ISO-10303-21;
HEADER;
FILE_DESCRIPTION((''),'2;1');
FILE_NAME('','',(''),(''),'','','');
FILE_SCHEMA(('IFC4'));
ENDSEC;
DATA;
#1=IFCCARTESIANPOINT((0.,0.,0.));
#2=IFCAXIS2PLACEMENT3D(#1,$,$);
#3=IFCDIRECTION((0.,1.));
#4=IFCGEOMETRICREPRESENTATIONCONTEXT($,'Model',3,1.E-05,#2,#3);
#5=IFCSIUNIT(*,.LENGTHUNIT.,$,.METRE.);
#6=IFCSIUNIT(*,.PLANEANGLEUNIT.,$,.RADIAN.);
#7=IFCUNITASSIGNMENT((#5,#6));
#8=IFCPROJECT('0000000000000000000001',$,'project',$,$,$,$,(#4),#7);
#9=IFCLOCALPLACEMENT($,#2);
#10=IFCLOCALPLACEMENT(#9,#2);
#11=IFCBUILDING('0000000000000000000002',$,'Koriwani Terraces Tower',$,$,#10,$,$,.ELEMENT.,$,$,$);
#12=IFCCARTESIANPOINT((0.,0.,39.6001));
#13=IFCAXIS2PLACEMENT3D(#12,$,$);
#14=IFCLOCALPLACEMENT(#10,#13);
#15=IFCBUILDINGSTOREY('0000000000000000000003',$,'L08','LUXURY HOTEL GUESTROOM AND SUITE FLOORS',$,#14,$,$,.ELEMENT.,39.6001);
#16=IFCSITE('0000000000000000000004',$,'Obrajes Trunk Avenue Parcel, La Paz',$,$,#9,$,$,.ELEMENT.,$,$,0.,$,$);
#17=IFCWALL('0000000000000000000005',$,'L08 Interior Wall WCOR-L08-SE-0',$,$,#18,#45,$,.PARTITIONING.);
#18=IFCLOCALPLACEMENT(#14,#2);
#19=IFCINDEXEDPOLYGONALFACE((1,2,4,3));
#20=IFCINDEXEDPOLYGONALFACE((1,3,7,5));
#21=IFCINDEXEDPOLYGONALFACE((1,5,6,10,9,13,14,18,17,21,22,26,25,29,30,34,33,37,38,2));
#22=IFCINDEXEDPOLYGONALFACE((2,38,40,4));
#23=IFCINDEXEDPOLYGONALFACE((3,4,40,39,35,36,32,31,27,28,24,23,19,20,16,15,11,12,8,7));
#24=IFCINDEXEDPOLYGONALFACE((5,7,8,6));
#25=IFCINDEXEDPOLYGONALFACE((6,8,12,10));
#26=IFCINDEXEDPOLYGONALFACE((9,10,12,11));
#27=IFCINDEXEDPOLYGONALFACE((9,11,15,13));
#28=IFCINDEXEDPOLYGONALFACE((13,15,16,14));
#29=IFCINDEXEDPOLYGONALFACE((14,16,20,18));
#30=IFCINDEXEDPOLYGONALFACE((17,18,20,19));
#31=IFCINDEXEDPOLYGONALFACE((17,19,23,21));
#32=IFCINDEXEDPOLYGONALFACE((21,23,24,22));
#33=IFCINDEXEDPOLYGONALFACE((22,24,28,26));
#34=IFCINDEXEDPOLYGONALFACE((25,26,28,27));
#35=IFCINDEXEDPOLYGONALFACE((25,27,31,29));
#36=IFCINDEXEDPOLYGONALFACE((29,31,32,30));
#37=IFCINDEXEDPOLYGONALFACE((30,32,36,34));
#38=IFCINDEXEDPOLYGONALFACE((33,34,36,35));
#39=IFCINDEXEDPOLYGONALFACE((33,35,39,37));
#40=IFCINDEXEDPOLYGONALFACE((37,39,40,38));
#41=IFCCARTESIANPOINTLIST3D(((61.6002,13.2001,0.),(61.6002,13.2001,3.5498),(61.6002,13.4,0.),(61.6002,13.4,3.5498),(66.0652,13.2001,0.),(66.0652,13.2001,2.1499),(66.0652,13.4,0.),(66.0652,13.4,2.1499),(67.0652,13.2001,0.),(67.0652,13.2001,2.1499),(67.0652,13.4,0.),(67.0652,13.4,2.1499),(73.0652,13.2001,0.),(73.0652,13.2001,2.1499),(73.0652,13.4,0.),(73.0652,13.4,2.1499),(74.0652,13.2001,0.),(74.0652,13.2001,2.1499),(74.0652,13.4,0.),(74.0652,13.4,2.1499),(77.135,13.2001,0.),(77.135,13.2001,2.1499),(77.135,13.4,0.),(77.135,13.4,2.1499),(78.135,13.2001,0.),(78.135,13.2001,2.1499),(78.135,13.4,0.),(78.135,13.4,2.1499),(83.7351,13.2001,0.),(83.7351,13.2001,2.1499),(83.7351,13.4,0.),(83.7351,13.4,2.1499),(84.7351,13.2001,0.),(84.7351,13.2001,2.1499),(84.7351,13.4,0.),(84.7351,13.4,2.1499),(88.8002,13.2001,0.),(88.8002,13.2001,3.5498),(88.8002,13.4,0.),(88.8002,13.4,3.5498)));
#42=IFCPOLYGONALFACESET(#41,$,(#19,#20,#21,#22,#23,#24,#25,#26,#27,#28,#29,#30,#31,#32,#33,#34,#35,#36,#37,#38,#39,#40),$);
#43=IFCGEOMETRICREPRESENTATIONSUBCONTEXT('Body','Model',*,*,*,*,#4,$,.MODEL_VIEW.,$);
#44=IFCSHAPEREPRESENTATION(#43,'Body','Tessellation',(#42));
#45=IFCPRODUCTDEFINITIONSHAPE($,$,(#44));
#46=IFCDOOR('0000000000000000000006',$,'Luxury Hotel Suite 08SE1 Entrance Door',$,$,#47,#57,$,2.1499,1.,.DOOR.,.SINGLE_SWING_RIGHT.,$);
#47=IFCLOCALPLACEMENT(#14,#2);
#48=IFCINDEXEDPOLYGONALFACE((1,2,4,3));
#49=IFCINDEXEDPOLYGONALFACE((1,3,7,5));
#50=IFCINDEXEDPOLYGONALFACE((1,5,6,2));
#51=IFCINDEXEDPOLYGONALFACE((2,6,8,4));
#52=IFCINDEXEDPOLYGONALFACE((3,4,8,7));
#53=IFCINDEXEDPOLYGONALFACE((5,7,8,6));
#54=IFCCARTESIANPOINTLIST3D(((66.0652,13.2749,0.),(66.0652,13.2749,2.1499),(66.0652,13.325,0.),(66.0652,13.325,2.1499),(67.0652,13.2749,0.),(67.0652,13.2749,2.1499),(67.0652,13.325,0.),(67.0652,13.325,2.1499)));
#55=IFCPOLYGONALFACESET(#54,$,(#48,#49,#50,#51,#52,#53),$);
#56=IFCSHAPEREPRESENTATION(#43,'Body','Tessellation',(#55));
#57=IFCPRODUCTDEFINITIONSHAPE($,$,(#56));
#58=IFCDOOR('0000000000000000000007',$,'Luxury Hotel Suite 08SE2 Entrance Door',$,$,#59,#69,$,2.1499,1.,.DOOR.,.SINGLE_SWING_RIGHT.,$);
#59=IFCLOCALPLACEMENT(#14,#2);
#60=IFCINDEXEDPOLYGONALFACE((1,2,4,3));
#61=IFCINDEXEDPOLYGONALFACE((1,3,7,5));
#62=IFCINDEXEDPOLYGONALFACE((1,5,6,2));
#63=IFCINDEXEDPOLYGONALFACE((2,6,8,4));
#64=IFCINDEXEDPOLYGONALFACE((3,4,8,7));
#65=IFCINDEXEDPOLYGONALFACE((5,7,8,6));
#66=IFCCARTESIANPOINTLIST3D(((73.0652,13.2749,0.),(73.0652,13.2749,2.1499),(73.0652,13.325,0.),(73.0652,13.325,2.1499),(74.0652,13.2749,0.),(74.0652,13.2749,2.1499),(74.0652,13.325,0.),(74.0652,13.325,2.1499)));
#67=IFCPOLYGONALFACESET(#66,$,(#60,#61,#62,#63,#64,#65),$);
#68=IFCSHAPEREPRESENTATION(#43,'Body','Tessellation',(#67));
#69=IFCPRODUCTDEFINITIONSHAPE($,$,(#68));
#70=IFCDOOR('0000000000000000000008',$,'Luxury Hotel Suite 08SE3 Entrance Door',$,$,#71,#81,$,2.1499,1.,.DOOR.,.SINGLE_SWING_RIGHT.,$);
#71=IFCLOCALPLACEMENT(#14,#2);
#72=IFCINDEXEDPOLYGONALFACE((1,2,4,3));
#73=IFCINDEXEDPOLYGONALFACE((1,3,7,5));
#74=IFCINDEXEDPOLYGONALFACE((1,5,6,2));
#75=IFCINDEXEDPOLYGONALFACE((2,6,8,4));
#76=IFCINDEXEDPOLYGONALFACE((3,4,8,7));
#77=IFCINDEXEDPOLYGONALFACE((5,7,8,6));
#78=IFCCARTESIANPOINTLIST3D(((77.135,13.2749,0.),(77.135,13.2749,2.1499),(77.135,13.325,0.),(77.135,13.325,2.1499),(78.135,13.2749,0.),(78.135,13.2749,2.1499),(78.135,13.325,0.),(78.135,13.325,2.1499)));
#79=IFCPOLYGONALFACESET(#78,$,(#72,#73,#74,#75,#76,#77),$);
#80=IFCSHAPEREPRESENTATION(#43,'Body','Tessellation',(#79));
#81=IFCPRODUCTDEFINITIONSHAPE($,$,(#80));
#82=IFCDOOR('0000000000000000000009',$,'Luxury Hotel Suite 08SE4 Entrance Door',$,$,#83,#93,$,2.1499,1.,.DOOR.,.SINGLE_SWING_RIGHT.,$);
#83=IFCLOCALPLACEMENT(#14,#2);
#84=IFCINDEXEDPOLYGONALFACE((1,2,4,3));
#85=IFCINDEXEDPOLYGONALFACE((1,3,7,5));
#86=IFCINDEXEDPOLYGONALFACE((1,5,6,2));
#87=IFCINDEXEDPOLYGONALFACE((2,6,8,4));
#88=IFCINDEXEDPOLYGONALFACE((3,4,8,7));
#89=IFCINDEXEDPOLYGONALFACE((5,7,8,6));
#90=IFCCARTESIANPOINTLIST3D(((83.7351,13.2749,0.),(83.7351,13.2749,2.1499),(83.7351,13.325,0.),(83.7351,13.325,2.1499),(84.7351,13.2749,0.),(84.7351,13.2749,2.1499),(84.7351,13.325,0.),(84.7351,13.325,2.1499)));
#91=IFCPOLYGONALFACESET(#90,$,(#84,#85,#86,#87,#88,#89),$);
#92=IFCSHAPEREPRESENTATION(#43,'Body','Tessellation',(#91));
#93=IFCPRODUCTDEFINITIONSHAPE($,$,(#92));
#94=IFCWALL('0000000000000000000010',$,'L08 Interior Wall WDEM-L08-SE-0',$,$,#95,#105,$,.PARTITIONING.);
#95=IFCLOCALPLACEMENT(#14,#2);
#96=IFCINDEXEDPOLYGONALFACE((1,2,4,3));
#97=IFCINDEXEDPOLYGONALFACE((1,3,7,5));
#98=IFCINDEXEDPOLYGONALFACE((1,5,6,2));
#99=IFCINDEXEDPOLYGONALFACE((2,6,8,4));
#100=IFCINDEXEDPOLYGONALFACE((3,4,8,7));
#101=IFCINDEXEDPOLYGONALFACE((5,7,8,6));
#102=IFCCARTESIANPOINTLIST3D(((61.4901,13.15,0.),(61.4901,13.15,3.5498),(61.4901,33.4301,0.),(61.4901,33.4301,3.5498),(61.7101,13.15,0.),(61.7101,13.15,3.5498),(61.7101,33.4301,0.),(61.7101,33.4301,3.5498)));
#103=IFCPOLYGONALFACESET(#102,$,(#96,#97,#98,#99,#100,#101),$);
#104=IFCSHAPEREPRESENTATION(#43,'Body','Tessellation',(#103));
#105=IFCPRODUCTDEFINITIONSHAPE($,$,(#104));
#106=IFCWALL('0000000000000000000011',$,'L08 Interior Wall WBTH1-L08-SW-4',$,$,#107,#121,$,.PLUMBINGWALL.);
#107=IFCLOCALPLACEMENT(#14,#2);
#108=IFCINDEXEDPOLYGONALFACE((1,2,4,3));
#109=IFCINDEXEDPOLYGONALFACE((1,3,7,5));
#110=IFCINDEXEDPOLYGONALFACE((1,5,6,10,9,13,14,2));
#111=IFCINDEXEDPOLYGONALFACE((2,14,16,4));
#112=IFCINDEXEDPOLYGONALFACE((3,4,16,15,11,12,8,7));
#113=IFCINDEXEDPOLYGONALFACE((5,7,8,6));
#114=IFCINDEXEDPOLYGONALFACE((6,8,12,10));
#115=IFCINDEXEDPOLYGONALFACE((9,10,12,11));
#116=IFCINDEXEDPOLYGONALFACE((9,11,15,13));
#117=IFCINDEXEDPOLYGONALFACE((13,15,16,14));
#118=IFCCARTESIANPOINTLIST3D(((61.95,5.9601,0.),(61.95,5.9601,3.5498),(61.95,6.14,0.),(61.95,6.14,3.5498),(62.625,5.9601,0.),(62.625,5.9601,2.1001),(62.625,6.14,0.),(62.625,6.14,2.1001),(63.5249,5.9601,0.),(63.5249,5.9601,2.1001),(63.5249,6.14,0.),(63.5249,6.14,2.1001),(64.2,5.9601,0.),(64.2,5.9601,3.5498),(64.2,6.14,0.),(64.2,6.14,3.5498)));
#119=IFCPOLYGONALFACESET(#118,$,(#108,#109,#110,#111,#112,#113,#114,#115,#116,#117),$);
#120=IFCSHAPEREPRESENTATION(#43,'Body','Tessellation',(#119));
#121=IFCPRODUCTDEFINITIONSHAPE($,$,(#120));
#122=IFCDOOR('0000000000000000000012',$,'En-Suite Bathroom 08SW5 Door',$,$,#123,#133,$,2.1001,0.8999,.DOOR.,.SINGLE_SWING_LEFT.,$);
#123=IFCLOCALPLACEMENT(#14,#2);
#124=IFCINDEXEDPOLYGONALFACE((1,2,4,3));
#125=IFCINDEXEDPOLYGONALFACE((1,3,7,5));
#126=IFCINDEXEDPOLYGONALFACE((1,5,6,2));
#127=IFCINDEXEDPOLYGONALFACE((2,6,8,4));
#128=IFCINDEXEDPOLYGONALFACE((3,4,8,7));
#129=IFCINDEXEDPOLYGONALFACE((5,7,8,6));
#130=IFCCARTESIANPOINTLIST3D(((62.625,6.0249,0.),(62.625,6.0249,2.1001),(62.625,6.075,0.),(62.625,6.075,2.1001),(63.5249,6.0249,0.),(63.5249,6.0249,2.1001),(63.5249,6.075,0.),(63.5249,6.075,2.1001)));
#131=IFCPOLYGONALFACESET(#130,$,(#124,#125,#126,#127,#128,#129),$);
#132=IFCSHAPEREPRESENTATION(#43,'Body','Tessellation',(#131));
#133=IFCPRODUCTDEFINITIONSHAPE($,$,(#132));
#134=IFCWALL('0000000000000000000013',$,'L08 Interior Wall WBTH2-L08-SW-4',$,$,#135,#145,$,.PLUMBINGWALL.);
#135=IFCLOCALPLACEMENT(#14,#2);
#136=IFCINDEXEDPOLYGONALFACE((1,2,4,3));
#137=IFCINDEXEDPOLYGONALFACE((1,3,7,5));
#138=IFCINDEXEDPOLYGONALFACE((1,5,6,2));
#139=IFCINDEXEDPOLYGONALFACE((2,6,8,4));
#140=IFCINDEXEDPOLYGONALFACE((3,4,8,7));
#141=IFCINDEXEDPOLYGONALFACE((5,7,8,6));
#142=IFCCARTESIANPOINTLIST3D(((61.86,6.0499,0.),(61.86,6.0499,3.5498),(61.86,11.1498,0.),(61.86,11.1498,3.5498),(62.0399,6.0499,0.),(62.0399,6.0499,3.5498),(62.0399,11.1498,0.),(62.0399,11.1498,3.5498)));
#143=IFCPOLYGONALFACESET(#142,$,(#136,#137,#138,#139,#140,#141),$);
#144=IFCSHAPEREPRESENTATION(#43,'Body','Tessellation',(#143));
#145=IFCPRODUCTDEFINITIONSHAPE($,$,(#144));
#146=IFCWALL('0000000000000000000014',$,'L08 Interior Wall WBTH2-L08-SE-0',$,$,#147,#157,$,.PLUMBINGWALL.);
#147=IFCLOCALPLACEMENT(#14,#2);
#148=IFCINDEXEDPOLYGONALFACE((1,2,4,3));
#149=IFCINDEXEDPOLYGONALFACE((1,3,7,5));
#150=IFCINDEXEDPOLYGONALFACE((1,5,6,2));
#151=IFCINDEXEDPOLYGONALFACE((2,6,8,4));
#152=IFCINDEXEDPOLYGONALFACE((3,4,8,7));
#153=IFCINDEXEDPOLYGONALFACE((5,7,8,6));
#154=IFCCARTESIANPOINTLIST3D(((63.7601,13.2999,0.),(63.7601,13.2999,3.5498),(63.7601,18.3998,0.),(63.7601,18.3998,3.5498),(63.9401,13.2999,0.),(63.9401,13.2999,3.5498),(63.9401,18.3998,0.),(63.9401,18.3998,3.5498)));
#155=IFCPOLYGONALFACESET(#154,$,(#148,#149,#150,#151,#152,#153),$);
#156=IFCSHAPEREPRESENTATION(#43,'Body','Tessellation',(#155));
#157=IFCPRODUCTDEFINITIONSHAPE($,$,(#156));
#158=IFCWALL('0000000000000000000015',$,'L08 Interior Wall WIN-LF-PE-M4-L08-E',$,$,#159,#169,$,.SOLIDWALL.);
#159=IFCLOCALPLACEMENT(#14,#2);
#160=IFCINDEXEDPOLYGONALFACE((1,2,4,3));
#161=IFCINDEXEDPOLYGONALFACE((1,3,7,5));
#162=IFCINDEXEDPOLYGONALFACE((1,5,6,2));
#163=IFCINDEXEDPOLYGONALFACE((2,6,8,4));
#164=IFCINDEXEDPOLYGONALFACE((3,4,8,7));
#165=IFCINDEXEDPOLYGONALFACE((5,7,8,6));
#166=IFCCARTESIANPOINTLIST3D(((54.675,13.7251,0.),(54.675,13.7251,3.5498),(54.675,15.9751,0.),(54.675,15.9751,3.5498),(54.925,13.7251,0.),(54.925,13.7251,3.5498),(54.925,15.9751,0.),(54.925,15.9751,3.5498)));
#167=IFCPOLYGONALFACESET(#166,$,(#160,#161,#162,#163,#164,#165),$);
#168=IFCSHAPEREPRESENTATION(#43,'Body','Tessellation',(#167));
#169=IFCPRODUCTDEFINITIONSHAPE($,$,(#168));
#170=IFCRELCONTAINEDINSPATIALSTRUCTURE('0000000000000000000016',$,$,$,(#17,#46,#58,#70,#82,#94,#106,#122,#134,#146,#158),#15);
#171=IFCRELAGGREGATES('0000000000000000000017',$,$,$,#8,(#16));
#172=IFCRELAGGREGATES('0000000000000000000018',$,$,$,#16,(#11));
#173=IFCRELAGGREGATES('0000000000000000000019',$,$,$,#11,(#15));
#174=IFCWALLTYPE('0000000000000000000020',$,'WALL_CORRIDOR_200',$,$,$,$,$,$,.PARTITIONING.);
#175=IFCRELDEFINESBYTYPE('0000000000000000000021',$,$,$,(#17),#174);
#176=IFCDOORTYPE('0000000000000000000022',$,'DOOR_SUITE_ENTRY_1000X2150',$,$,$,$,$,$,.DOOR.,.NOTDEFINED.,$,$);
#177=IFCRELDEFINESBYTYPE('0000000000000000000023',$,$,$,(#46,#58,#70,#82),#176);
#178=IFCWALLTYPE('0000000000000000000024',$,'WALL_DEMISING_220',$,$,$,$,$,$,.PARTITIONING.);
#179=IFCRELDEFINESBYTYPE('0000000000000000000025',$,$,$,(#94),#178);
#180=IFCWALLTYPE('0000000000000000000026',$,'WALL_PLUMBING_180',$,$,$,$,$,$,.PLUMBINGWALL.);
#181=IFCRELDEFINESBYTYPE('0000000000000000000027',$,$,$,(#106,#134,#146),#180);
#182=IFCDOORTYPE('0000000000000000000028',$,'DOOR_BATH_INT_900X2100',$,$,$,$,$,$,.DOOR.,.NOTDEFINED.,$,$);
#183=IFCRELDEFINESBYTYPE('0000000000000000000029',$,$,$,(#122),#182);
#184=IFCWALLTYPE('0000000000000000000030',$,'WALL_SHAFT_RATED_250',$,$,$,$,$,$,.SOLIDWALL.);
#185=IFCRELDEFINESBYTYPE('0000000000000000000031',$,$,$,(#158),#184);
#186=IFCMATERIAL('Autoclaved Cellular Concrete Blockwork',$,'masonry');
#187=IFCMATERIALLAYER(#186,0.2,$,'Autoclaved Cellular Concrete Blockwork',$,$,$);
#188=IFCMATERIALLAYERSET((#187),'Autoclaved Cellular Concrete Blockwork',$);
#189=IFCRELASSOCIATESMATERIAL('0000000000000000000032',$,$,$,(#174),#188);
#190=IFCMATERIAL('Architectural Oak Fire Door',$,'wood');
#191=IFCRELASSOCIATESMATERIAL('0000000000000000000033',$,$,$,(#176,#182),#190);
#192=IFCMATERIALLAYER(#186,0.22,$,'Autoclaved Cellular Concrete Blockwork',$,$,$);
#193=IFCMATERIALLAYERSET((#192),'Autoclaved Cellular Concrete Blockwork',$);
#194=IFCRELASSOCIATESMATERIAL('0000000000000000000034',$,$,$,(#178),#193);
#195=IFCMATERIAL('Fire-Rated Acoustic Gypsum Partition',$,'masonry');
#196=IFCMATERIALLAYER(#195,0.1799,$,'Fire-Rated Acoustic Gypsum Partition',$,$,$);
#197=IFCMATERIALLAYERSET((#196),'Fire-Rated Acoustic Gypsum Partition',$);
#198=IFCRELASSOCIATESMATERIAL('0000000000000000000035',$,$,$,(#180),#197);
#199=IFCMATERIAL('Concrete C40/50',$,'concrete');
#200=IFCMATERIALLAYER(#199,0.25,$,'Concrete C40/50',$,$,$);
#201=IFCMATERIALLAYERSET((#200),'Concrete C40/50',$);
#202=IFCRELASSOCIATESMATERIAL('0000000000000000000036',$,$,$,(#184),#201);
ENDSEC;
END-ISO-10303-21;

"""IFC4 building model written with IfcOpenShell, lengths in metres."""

from ifc_helpers import new_model, si_unit, direction, frame, frame_2d, origin, place, context, subcontext, project, spatial, rectangle, extrude, material, layer, layer_set, type_object, element, fill, save


model = new_model("IFC4")

# Units and contexts
model_context = context("Model", 3, precision=1e-05, world=origin(), true_north=direction((0.0, 1.0)))
body_context = subcontext(model_context, "Body", "Model", "MODEL_VIEW")
ifc_project = project(units=[si_unit("LENGTHUNIT", "METRE"), si_unit("PLANEANGLEUNIT", "RADIAN")], contexts=[model_context])

# Site, building, storey
site_placement = place(None, origin())
site = spatial("IfcSite", under=ifc_project, at=site_placement, Name="Obrajes Trunk Avenue Parcel, La Paz", CompositionType="ELEMENT", RefElevation=0.0)
building_placement = place(site_placement, origin())
building = spatial("IfcBuilding", under=site, at=building_placement, Name="Koriwani Terraces Tower", CompositionType="ELEMENT")
storey_placement = place(building_placement, frame((0.0, 0.0, 39.6001)))
storey = spatial("IfcBuildingStorey", under=building, at=storey_placement, Name="L08", Description="LUXURY HOTEL GUESTROOM AND SUITE FLOORS", CompositionType="ELEMENT", Elevation=39.6001)

# Shared definitions
ifc_material_1 = material(Name="Concrete C40/50", Category="concrete")

# Wall, openings, doors
ifc_material_2 = material(Name="Autoclaved Cellular Concrete Blockwork", Category="masonry")
ifc_layer_1 = layer(ifc_material_2, 0.2, Name="Autoclaved Cellular Concrete Blockwork")
ifc_layer_set_1 = layer_set([ifc_layer_1], Name="Autoclaved Cellular Concrete Blockwork")
wall_type_1 = type_object("IfcWallType", Name="WALL_CORRIDOR_200", PredefinedType="PARTITIONING", material=ifc_layer_set_1)
wall_1_placement = place(storey_placement, frame((61.6001, 13.3, 0.0), z_axis=(0.0, 0.0, 1.0), x_axis=(1.0, 0.0, 0.0)))
wall_1 = element("IfcWall", 1, at=wall_1_placement, inside=storey, type_object=wall_type_1, Name="L08 Interior Wall WCOR-L08-SE-0", PredefinedType="PARTITIONING", context=body_context, shape_type="SweptSolid", body=[
    extrude(rectangle(XDim=27.2, YDim=0.2, at=frame_2d((13.6001, 0.0))), origin(), (0.0, 0.0, 1.0), 3.5498),
])
opening_1_placement = place(wall_1_placement, frame((4.4651, 0.0, 0.0)))
opening_1 = element("IfcOpeningElement", 2, at=opening_1_placement, cuts=wall_1, PredefinedType="OPENING", context=body_context, shape_type="SweptSolid", body=[
    extrude(rectangle(XDim=1.0, YDim=2.1499, at=frame_2d((0.5, 1.075))), frame((0.0, 0.1099, 0.0), z_axis=(0.0, -1.0, 0.0), x_axis=(1.0, 0.0, 0.0)), (0.0, 0.0, 1.0), 0.22),
])
opening_2_placement = place(wall_1_placement, frame((11.4651, 0.0, 0.0)))
opening_2 = element("IfcOpeningElement", 3, at=opening_2_placement, cuts=wall_1, PredefinedType="OPENING", context=body_context, shape_type="SweptSolid", body=[
    extrude(rectangle(XDim=1.0, YDim=2.1499, at=frame_2d((0.5, 1.075))), frame((0.0, 0.1099, 0.0), z_axis=(0.0, -1.0, 0.0), x_axis=(1.0, 0.0, 0.0)), (0.0, 0.0, 1.0), 0.22),
])
opening_3_placement = place(wall_1_placement, frame((15.5349, 0.0, 0.0)))
opening_3 = element("IfcOpeningElement", 4, at=opening_3_placement, cuts=wall_1, PredefinedType="OPENING", context=body_context, shape_type="SweptSolid", body=[
    extrude(rectangle(XDim=1.0, YDim=2.1499, at=frame_2d((0.5, 1.075))), frame((0.0, 0.1099, 0.0), z_axis=(0.0, -1.0, 0.0), x_axis=(1.0, 0.0, 0.0)), (0.0, 0.0, 1.0), 0.22),
])
opening_4_placement = place(wall_1_placement, frame((22.135, 0.0, 0.0)))
opening_4 = element("IfcOpeningElement", 5, at=opening_4_placement, cuts=wall_1, PredefinedType="OPENING", context=body_context, shape_type="SweptSolid", body=[
    extrude(rectangle(XDim=1.0, YDim=2.1499, at=frame_2d((0.5, 1.075))), frame((0.0, 0.1099, 0.0), z_axis=(0.0, -1.0, 0.0), x_axis=(1.0, 0.0, 0.0)), (0.0, 0.0, 1.0), 0.22),
])
ifc_material_3 = material(Name="Architectural Oak Fire Door", Category="wood")
door_type_1 = type_object("IfcDoorType", Name="DOOR_SUITE_ENTRY_1000X2150", OperationType="NOTDEFINED", PredefinedType="DOOR", material=ifc_material_3)
door_1_placement = place(opening_1_placement, origin())
door_1 = element("IfcDoor", 6, at=door_1_placement, inside=storey, type_object=door_type_1, Name="Luxury Hotel Suite 08SE1 Entrance Door", OperationType="SINGLE_SWING_RIGHT", OverallHeight=2.1499, OverallWidth=1.0, PredefinedType="DOOR", context=body_context, shape_type="SweptSolid", body=[
    extrude(rectangle(XDim=1.0, YDim=2.1499, at=frame_2d((0.5, 1.075))), frame((0.0, 0.0249, 0.0), z_axis=(0.0, -1.0, 0.0), x_axis=(1.0, 0.0, 0.0)), (0.0, 0.0, 1.0), 0.05),
])
fill(opening_1, door_1)
door_2_placement = place(opening_2_placement, origin())
door_2 = element("IfcDoor", 7, at=door_2_placement, inside=storey, type_object=door_type_1, Name="Luxury Hotel Suite 08SE2 Entrance Door", OperationType="SINGLE_SWING_RIGHT", OverallHeight=2.1499, OverallWidth=1.0, PredefinedType="DOOR", context=body_context, shape_type="SweptSolid", body=[
    extrude(rectangle(XDim=1.0, YDim=2.1499, at=frame_2d((0.5, 1.075))), frame((0.0, 0.0249, 0.0), z_axis=(0.0, -1.0, 0.0), x_axis=(1.0, 0.0, 0.0)), (0.0, 0.0, 1.0), 0.05),
])
fill(opening_2, door_2)
door_3_placement = place(opening_3_placement, origin())
door_3 = element("IfcDoor", 8, at=door_3_placement, inside=storey, type_object=door_type_1, Name="Luxury Hotel Suite 08SE3 Entrance Door", OperationType="SINGLE_SWING_RIGHT", OverallHeight=2.1499, OverallWidth=1.0, PredefinedType="DOOR", context=body_context, shape_type="SweptSolid", body=[
    extrude(rectangle(XDim=1.0, YDim=2.1499, at=frame_2d((0.5, 1.075))), frame((0.0, 0.0249, 0.0), z_axis=(0.0, -1.0, 0.0), x_axis=(1.0, 0.0, 0.0)), (0.0, 0.0, 1.0), 0.05),
])
fill(opening_3, door_3)
door_4_placement = place(opening_4_placement, origin())
door_4 = element("IfcDoor", 9, at=door_4_placement, inside=storey, type_object=door_type_1, Name="Luxury Hotel Suite 08SE4 Entrance Door", OperationType="SINGLE_SWING_RIGHT", OverallHeight=2.1499, OverallWidth=1.0, PredefinedType="DOOR", context=body_context, shape_type="SweptSolid", body=[
    extrude(rectangle(XDim=1.0, YDim=2.1499, at=frame_2d((0.5, 1.075))), frame((0.0, 0.0249, 0.0), z_axis=(0.0, -1.0, 0.0), x_axis=(1.0, 0.0, 0.0)), (0.0, 0.0, 1.0), 0.05),
])
fill(opening_4, door_4)

# Wall
ifc_layer_2 = layer(ifc_material_2, 0.22, Name="Autoclaved Cellular Concrete Blockwork")
ifc_layer_set_2 = layer_set([ifc_layer_2], Name="Autoclaved Cellular Concrete Blockwork")
wall_type_2 = type_object("IfcWallType", Name="WALL_DEMISING_220", PredefinedType="PARTITIONING", material=ifc_layer_set_2)
wall_2_placement = place(storey_placement, frame((61.6001, 13.1499, 0.0), z_axis=(0.0, 0.0, 1.0), x_axis=(0.0, 1.0, 0.0)))
element("IfcWall", 10, at=wall_2_placement, inside=storey, type_object=wall_type_2, Name="L08 Interior Wall WDEM-L08-SE-0", PredefinedType="PARTITIONING", context=body_context, shape_type="SweptSolid", body=[
    extrude(rectangle(XDim=20.28, YDim=0.22, at=frame_2d((10.1401, 0.0))), origin(), (0.0, 0.0, 1.0), 3.5498),
])

# Wall, opening, door
ifc_material_4 = material(Name="Fire-Rated Acoustic Gypsum Partition", Category="masonry")
ifc_layer_3 = layer(ifc_material_4, 0.1799, Name="Fire-Rated Acoustic Gypsum Partition")
ifc_layer_set_3 = layer_set([ifc_layer_3], Name="Fire-Rated Acoustic Gypsum Partition")
wall_type_3 = type_object("IfcWallType", Name="WALL_PLUMBING_180", PredefinedType="PLUMBINGWALL", material=ifc_layer_set_3)
wall_3_placement = place(storey_placement, frame((61.95, 6.05, 0.0), z_axis=(0.0, 0.0, 1.0), x_axis=(1.0, 0.0, 0.0)))
wall_3 = element("IfcWall", 11, at=wall_3_placement, inside=storey, type_object=wall_type_3, Name="L08 Interior Wall WBTH1-L08-SW-4", PredefinedType="PLUMBINGWALL", context=body_context, shape_type="SweptSolid", body=[
    extrude(rectangle(XDim=2.25, YDim=0.1799, at=frame_2d((1.125, 0.0))), origin(), (0.0, 0.0, 1.0), 3.5498),
])
opening_5_placement = place(wall_3_placement, frame((0.675, 0.0, 0.0)))
opening_5 = element("IfcOpeningElement", 12, at=opening_5_placement, cuts=wall_3, PredefinedType="OPENING", context=body_context, shape_type="SweptSolid", body=[
    extrude(rectangle(XDim=0.8999, YDim=2.1001, at=frame_2d((0.45, 1.05))), frame((0.0, 0.1001, 0.0), z_axis=(0.0, -1.0, 0.0), x_axis=(1.0, 0.0, 0.0)), (0.0, 0.0, 1.0), 0.2),
])
door_type_2 = type_object("IfcDoorType", Name="DOOR_BATH_INT_900X2100", OperationType="NOTDEFINED", PredefinedType="DOOR", material=ifc_material_3)
door_5_placement = place(opening_5_placement, origin())
door_5 = element("IfcDoor", 13, at=door_5_placement, inside=storey, type_object=door_type_2, Name="En-Suite Bathroom 08SW5 Door", OperationType="SINGLE_SWING_LEFT", OverallHeight=2.1001, OverallWidth=0.8999, PredefinedType="DOOR", context=body_context, shape_type="SweptSolid", body=[
    extrude(rectangle(XDim=0.8999, YDim=2.1001, at=frame_2d((0.45, 1.05))), frame((0.0, 0.0249, 0.0), z_axis=(0.0, -1.0, 0.0), x_axis=(1.0, 0.0, 0.0)), (0.0, 0.0, 1.0), 0.05),
])
fill(opening_5, door_5)

# Walls
for number, where, z_axis, x_axis, name in (
    (14, (61.95, 6.05, 0.0), (0.0, 0.0, 1.0), (0.0, 1.0, 0.0), "L08 Interior Wall WBTH2-L08-SW-4"),
    (15, (63.8501, 13.3, 0.0), (0.0, 0.0, 1.0), (0.0, 1.0, 0.0), "L08 Interior Wall WBTH2-L08-SE-0"),
):
    element("IfcWall", number, at=place(storey_placement, frame(where, z_axis=z_axis, x_axis=x_axis)), inside=storey, type_object=wall_type_3, Name=name, PredefinedType="PLUMBINGWALL", context=body_context, shape_type="SweptSolid", body=[
        extrude(rectangle(XDim=5.0999, YDim=0.1799, at=frame_2d((2.5498, 0.0))), origin(), (0.0, 0.0, 1.0), 3.5498),
    ])
ifc_layer_4 = layer(ifc_material_1, 0.25, Name="Concrete C40/50")
ifc_layer_set_4 = layer_set([ifc_layer_4], Name="Concrete C40/50")
wall_type_4 = type_object("IfcWallType", Name="WALL_SHAFT_RATED_250", PredefinedType="SOLIDWALL", material=ifc_layer_set_4)
wall_4_placement = place(storey_placement, frame((54.8, 13.7251, 0.0), z_axis=(0.0, 0.0, 1.0), x_axis=(0.0, 1.0, 0.0)))
element("IfcWall", 16, at=wall_4_placement, inside=storey, type_object=wall_type_4, Name="L08 Interior Wall WIN-LF-PE-M4-L08-E", PredefinedType="SOLIDWALL", context=body_context, shape_type="SweptSolid", body=[
    extrude(rectangle(XDim=2.25, YDim=0.25, at=frame_2d((1.125, 0.0))), origin(), (0.0, 0.0, 1.0), 3.5498),
])

save(model, "model.ifc")
